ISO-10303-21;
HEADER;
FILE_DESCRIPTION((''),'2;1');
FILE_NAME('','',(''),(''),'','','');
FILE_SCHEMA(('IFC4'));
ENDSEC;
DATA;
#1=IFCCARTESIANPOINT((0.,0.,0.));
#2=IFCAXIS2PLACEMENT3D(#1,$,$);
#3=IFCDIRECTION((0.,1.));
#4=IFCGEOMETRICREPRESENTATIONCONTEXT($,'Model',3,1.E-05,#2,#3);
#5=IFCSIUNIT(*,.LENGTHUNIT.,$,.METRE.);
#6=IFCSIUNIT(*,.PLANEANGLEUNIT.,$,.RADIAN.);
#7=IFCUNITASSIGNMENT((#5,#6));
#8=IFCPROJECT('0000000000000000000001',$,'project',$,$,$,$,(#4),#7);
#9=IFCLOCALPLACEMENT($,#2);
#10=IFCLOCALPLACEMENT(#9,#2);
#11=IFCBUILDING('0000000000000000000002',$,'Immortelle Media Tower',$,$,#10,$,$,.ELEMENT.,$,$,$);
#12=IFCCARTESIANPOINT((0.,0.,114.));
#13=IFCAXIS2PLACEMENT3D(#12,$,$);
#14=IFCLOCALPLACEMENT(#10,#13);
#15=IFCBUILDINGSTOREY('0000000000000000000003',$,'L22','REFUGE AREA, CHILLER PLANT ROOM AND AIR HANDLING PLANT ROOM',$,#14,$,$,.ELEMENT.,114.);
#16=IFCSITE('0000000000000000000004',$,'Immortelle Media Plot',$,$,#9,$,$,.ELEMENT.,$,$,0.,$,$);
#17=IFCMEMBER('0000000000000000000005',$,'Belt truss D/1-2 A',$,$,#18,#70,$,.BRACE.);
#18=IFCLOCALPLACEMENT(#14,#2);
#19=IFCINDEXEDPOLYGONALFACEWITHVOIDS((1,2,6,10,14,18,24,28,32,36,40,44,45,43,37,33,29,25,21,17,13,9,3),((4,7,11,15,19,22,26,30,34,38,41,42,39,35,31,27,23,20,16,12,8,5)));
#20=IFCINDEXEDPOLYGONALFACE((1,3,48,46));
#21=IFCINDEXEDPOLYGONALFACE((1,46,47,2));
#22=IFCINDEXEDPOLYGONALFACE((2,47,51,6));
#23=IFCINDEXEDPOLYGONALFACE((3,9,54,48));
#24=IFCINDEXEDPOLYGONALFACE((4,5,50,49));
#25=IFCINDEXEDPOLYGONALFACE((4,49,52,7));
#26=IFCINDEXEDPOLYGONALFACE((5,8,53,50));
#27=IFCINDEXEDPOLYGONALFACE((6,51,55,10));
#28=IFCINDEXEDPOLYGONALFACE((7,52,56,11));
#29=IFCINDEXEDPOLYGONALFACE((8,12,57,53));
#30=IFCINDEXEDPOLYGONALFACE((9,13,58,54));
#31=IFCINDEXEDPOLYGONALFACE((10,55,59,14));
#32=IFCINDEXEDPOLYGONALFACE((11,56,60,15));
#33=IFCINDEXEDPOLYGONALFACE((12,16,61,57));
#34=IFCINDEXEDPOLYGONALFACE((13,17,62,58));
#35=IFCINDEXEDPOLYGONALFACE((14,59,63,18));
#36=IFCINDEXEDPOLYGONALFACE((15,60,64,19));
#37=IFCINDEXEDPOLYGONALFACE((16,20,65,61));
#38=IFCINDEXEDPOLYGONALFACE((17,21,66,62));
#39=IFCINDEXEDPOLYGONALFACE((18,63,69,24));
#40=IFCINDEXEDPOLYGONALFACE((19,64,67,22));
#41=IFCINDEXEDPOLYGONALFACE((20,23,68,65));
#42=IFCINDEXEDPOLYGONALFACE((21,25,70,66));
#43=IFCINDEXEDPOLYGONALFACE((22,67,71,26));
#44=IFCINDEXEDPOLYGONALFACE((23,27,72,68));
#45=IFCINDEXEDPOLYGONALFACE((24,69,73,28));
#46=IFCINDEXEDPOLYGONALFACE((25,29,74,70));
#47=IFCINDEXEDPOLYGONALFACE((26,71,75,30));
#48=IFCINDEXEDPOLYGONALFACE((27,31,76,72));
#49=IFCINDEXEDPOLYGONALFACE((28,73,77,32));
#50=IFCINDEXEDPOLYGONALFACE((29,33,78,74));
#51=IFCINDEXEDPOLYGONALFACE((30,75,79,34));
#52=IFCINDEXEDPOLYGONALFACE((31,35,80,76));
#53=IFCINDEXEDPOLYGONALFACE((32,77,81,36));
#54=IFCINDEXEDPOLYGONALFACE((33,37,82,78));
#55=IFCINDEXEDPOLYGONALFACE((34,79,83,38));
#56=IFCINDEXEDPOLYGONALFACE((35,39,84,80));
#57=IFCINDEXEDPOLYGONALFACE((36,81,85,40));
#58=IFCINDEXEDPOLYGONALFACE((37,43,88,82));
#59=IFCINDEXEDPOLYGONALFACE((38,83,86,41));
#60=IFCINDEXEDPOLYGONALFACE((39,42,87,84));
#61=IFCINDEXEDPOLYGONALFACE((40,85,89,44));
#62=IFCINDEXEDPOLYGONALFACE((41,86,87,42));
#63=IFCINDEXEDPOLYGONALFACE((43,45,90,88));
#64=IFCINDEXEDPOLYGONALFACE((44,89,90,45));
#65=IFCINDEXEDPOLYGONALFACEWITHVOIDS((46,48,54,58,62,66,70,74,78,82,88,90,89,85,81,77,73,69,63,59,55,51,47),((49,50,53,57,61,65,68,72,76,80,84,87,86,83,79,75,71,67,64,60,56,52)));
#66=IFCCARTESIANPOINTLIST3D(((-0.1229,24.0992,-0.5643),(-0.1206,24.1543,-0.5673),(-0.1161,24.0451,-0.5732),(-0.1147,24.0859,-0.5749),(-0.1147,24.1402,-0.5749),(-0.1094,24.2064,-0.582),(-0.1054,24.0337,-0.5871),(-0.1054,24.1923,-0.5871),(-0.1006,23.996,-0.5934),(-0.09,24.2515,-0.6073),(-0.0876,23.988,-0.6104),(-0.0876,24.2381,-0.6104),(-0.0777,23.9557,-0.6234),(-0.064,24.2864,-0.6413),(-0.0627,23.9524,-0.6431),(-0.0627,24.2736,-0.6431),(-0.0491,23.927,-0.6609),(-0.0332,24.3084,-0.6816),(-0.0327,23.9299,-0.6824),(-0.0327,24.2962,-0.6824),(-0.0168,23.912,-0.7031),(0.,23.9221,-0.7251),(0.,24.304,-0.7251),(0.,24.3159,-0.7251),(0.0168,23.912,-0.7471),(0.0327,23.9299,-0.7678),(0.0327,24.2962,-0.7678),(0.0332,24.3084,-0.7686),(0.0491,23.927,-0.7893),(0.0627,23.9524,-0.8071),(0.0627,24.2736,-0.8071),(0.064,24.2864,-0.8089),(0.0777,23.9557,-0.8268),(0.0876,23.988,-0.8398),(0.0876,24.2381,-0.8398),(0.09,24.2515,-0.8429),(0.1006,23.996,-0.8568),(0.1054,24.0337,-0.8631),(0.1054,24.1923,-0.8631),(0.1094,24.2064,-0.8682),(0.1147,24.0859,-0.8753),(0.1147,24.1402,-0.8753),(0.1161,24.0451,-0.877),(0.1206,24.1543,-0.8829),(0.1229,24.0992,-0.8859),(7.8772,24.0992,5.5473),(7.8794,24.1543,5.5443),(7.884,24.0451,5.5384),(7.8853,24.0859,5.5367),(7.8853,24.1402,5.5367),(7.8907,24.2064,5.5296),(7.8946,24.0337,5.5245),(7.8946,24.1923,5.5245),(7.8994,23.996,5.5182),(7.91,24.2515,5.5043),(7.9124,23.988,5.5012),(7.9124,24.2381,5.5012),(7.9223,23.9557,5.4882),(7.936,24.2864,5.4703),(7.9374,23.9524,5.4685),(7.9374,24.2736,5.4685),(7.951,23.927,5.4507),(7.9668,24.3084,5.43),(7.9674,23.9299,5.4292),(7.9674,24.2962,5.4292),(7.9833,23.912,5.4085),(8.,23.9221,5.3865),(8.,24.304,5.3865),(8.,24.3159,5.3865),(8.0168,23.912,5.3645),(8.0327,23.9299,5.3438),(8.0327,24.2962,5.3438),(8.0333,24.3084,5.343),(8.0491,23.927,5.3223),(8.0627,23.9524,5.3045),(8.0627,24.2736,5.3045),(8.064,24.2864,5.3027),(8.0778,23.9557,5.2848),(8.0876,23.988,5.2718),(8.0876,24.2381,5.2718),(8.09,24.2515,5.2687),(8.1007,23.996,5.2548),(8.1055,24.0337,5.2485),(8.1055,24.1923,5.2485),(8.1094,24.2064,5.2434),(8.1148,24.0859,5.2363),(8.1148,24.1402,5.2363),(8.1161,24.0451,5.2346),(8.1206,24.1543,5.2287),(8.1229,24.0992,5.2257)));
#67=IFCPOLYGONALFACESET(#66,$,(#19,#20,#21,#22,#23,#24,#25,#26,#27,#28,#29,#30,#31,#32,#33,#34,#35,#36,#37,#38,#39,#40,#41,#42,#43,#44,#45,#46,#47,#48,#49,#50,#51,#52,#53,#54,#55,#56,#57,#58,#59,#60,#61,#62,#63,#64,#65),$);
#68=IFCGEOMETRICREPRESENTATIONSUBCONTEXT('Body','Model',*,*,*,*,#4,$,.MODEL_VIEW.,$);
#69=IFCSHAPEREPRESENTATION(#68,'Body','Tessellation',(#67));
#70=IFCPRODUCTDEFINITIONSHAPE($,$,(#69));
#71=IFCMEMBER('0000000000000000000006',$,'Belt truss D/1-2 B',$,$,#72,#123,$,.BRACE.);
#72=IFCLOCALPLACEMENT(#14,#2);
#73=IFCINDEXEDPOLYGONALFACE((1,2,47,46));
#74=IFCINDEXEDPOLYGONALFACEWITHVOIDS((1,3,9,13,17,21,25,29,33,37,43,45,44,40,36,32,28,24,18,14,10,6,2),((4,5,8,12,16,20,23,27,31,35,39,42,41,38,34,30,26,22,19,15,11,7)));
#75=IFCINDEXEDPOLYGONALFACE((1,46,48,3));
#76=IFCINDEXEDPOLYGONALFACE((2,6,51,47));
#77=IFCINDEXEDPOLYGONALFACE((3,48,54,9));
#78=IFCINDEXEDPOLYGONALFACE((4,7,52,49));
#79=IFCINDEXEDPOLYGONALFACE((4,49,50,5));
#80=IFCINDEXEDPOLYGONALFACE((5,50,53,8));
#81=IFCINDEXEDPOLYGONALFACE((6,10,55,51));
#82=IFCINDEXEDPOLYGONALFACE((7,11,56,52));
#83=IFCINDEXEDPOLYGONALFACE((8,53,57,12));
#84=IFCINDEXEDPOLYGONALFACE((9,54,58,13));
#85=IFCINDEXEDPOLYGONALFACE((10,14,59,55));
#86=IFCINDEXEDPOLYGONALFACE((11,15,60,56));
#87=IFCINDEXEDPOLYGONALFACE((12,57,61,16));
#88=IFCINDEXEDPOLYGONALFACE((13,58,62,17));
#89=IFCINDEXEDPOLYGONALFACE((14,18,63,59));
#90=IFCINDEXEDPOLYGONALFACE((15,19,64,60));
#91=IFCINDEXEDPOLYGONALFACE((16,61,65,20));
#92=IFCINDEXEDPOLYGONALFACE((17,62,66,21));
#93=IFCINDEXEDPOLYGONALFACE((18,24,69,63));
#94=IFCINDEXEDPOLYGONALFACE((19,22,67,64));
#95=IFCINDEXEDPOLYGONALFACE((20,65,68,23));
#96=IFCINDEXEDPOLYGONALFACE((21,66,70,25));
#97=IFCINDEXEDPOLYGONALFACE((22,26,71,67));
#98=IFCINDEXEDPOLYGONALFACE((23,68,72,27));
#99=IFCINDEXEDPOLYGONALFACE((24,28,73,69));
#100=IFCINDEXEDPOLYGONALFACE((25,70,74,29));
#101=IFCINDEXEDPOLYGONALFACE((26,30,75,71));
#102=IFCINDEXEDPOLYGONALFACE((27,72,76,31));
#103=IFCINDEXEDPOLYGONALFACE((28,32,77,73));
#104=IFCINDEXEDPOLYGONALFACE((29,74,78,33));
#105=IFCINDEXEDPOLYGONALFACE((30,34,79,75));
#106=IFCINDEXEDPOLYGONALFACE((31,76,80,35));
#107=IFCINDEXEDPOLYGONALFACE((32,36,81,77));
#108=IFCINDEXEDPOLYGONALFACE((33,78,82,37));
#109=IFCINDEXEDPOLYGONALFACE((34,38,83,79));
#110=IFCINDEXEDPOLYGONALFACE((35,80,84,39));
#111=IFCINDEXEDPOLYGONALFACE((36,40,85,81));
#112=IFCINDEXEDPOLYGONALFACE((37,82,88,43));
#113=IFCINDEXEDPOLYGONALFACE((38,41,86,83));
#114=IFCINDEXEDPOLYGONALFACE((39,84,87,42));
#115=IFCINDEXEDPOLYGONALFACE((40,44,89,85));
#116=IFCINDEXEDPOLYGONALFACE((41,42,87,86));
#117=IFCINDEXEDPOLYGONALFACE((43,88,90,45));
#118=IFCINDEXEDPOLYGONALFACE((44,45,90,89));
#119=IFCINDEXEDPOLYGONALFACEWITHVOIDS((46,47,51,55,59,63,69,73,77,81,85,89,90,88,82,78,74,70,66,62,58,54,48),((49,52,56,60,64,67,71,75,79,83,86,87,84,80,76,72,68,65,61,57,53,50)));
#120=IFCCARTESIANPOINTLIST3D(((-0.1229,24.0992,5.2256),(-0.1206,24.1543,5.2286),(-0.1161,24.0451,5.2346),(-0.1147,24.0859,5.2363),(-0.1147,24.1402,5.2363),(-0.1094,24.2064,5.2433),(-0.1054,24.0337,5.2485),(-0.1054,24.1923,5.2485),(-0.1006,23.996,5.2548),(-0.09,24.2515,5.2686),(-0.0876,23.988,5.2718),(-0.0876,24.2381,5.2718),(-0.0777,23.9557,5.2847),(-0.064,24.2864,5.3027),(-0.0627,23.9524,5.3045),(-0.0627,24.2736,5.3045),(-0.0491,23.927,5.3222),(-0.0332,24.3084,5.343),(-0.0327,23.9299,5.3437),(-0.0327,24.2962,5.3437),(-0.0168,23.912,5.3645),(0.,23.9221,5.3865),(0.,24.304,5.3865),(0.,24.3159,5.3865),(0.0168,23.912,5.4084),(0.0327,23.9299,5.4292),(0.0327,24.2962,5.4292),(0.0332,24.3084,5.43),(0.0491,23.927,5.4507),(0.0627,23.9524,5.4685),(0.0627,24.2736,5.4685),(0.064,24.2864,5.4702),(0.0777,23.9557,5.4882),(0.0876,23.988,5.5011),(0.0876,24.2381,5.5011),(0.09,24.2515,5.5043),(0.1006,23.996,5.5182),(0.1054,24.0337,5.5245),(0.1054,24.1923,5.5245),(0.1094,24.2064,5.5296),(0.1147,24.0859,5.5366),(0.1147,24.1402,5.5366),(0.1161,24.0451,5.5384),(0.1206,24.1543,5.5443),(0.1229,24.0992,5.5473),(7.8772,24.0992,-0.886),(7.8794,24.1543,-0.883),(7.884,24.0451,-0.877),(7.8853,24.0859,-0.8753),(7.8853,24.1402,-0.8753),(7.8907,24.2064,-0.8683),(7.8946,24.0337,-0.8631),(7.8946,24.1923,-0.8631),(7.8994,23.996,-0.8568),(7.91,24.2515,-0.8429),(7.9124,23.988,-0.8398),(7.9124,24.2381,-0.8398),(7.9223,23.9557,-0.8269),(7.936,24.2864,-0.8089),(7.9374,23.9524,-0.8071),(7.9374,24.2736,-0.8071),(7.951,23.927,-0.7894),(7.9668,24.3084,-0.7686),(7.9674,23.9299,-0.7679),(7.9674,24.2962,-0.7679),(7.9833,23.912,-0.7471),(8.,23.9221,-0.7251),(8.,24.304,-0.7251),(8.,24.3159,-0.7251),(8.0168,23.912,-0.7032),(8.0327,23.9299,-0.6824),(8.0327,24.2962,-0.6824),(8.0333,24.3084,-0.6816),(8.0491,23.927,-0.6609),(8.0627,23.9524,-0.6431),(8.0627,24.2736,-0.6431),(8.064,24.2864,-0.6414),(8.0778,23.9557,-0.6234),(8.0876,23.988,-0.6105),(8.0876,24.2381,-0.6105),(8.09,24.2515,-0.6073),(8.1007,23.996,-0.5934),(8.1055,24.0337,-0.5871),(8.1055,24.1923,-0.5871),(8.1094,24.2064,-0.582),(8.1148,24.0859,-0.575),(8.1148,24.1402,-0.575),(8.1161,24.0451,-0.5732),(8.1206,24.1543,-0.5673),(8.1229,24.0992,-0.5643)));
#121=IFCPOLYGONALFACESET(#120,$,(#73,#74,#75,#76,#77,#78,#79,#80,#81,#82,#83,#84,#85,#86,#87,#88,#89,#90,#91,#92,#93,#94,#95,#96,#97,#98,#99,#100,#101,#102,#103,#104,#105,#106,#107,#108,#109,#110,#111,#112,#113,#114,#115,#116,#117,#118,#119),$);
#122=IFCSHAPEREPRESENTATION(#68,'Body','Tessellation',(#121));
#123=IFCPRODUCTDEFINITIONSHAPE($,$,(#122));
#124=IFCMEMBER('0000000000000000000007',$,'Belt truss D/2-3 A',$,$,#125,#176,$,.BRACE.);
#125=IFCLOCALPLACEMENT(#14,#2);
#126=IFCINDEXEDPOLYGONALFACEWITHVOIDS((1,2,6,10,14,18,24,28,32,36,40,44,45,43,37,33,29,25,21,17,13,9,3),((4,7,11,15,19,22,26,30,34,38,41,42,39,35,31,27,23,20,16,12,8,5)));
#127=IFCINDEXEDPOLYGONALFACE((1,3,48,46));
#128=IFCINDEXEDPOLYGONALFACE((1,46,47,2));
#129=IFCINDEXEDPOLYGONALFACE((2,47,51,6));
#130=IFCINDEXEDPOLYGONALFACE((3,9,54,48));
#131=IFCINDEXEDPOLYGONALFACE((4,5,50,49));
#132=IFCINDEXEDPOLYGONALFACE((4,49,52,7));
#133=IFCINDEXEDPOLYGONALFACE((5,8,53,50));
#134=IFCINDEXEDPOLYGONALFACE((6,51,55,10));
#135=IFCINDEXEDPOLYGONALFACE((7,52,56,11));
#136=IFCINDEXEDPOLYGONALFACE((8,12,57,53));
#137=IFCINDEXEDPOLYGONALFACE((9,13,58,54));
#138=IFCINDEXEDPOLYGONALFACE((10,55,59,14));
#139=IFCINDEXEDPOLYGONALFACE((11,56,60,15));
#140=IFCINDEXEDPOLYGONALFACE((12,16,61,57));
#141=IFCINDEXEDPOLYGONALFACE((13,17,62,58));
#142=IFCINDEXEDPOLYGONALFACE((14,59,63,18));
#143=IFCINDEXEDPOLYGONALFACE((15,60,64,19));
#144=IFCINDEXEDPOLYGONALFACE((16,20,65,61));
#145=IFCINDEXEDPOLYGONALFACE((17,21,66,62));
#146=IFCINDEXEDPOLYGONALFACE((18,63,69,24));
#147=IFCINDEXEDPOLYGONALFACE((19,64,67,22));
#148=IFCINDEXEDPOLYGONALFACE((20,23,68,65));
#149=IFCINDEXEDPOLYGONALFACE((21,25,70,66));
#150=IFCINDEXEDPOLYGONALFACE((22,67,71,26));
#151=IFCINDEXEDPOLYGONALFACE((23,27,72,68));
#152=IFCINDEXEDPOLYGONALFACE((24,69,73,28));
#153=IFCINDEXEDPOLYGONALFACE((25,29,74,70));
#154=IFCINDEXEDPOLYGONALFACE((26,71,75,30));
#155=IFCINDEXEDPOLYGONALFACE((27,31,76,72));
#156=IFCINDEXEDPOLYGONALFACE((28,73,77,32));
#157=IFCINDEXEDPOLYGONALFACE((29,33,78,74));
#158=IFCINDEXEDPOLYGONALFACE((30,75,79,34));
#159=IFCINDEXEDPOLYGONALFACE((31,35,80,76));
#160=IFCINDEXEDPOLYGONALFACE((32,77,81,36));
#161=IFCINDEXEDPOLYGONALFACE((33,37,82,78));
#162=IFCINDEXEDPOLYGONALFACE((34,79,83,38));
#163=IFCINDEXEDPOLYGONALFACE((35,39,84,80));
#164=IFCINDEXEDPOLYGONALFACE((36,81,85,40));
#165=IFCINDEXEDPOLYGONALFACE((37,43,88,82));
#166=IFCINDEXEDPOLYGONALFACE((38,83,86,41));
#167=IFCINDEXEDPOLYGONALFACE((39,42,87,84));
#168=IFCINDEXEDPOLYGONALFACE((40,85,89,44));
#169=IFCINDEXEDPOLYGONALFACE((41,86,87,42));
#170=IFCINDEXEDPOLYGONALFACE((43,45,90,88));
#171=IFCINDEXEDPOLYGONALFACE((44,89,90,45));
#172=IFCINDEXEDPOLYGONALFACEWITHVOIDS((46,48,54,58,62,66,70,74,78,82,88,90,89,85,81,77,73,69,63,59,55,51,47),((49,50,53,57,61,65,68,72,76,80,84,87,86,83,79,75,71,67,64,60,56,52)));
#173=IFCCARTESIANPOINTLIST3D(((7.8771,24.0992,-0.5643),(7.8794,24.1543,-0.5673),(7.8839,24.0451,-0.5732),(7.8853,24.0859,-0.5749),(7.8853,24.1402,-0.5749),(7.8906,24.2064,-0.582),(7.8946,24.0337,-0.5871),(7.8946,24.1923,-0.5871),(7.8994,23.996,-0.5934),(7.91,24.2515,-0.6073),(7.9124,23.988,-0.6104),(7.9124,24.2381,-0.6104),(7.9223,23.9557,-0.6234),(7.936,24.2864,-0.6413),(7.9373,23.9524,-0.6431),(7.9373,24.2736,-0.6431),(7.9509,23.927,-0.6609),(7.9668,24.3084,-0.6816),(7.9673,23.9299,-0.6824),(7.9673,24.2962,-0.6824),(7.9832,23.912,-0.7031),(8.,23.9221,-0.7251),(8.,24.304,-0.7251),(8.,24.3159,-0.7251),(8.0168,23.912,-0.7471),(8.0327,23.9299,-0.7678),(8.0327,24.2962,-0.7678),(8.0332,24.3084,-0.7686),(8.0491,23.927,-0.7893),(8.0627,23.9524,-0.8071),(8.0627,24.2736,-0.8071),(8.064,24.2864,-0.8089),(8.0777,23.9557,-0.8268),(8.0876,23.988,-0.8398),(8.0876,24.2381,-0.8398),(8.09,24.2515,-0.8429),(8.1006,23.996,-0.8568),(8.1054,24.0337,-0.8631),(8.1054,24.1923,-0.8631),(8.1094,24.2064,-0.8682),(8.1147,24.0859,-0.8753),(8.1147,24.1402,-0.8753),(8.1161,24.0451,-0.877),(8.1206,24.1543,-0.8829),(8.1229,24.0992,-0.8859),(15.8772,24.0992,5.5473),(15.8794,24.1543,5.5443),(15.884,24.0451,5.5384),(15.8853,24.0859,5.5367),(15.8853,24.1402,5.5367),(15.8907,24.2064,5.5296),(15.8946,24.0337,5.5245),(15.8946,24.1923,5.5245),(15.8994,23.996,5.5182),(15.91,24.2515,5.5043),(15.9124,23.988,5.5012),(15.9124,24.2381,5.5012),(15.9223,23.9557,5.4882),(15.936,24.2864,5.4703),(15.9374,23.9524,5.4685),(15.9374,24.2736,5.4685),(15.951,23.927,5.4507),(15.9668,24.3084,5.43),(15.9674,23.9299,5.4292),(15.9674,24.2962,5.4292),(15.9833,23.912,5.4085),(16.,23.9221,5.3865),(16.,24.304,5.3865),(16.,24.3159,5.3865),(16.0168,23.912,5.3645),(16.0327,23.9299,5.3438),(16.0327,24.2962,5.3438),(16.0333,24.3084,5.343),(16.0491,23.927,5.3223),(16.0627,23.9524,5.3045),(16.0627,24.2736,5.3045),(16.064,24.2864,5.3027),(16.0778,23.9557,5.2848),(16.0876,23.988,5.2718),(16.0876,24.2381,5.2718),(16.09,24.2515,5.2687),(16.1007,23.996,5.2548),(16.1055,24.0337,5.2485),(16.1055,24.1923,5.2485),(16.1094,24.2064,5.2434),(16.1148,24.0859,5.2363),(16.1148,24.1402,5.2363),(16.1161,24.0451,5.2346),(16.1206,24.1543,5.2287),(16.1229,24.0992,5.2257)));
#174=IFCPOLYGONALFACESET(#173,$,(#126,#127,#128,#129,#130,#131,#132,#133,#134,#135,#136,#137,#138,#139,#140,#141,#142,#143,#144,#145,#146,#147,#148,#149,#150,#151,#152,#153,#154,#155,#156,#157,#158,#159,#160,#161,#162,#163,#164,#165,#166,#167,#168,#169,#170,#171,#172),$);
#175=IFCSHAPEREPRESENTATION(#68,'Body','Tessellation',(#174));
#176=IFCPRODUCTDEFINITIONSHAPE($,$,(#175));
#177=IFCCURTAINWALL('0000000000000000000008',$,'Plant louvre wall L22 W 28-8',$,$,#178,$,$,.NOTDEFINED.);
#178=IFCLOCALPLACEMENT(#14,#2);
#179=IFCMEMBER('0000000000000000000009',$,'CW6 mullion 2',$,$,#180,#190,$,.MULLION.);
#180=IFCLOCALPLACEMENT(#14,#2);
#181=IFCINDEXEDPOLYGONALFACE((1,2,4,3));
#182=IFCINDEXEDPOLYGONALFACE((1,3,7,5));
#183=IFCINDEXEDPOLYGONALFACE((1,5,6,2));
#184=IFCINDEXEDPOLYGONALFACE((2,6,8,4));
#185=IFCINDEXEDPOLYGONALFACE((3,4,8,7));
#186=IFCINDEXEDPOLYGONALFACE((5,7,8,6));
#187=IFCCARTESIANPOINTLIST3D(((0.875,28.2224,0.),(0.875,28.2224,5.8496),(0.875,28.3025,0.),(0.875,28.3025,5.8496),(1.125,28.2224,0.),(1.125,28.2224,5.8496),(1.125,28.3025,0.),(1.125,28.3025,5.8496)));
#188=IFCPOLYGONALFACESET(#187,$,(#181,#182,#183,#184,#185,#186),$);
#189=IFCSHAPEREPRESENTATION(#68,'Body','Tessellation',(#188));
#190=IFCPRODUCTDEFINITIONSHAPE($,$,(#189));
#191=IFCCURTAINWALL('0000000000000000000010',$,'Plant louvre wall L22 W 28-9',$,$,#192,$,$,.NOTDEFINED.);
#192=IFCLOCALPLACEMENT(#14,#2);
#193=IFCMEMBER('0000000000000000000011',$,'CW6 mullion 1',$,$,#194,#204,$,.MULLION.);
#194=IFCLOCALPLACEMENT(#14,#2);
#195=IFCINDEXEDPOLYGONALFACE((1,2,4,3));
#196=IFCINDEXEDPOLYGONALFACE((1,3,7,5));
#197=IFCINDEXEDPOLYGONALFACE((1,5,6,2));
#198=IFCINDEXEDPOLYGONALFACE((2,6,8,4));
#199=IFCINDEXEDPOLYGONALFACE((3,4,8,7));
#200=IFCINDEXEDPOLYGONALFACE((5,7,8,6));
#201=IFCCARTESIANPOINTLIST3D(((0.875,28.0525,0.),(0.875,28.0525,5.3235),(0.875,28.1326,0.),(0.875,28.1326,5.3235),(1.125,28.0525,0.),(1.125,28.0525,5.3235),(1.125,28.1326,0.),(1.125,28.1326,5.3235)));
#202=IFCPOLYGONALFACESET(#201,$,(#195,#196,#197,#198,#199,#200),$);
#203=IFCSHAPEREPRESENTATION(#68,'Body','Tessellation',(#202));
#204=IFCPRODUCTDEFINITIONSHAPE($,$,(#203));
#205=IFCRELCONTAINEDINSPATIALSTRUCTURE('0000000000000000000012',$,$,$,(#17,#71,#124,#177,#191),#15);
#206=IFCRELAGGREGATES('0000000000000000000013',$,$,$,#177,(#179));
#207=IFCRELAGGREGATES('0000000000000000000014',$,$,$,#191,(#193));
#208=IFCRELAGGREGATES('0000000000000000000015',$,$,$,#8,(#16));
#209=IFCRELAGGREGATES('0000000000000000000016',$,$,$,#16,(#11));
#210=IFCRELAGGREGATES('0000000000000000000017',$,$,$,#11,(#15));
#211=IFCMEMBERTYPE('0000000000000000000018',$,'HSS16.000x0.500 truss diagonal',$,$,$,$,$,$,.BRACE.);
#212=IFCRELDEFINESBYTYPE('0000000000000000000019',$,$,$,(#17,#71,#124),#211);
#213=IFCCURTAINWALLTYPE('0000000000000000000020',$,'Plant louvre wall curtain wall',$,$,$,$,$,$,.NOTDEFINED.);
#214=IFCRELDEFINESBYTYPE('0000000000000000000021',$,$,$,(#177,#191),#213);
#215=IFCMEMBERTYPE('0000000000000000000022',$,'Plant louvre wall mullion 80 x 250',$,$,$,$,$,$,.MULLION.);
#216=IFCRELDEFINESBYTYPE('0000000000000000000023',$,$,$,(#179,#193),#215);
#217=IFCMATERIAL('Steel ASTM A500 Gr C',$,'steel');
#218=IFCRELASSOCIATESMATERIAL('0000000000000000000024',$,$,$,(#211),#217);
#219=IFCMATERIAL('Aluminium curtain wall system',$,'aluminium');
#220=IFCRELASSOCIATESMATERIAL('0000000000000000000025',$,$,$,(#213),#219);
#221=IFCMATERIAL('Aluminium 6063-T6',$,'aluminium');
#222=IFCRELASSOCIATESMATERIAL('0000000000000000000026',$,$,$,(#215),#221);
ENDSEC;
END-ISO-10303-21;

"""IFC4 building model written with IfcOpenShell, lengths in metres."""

from ifc_helpers import new_model, si_unit, direction, frame, origin, origin_2d, place, context, subcontext, project, spatial, rectangle, hollow_circle, extrude, material, material_profile, profile_set, type_object, element, aggregate, save


model = new_model("IFC4")

# Units and contexts
model_context = context("Model", 3, precision=1e-05, world=origin(), true_north=direction((0.0, 1.0)))
body_context = subcontext(model_context, "Body", "Model", "MODEL_VIEW")
ifc_project = project(units=[si_unit("LENGTHUNIT", "METRE"), si_unit("PLANEANGLEUNIT", "RADIAN")], contexts=[model_context])

# Site, building, storey
site_placement = place(None, origin())
site = spatial("IfcSite", under=ifc_project, at=site_placement, Name="Immortelle Media Plot", CompositionType="ELEMENT", RefElevation=0.0)
building_placement = place(site_placement, origin())
building = spatial("IfcBuilding", under=site, at=building_placement, Name="Immortelle Media Tower", CompositionType="ELEMENT")
storey_placement = place(building_placement, frame((0.0, 0.0, 114.0)))
storey = spatial("IfcBuildingStorey", under=building, at=storey_placement, Name="L22", Description="REFUGE AREA, CHILLER PLANT ROOM AND AIR HANDLING PLANT ROOM", CompositionType="ELEMENT", Elevation=114.0)

# Members
ifc_material_1 = material(Name="Steel ASTM A500 Gr C", Category="steel")
ifc_material_profile_1 = material_profile(ifc_material_1, hollow_circle(Radius=0.2029, WallThickness=0.012, at=origin_2d()), Name="HSS16.000x0.500 truss diagonal")
ifc_profile_set_1 = profile_set([ifc_material_profile_1], Name="Steel ASTM A500 Gr C")
member_type_1 = type_object("IfcMemberType", Name="HSS16.000x0.500 truss diagonal", PredefinedType="BRACE", material=ifc_profile_set_1)
for number, where, z_axis, x_axis, name in (
    (1, (0.0, 24.113, -0.7251), (0.794649, 0.0, 0.607069), (0.0, 1.0, 0.0), "Belt truss D/1-2 A"),
    (2, (0.0, 24.113, 5.3865), (0.794649, 0.0, -0.607069), (0.0, 1.0, 0.0), "Belt truss D/1-2 B"),
    (3, (8.0, 24.113, -0.7251), (0.794649, 0.0, 0.607069), (0.0, 1.0, 0.0), "Belt truss D/2-3 A"),
):
    element("IfcMember", number, at=place(storey_placement, frame(where, z_axis=z_axis, x_axis=x_axis)), inside=storey, type_object=member_type_1, Name=name, PredefinedType="BRACE", context=body_context, shape_type="SweptSolid", body=[
        extrude(hollow_circle(Radius=0.2029, WallThickness=0.012, at=origin_2d()), origin(), (0.0, 0.0, 1.0), 10.0674),
    ])

# Curtain wall, member
ifc_material_2 = material(Name="Aluminium curtain wall system", Category="aluminium")
curtain_wall_type = type_object("IfcCurtainWallType", Name="Plant louvre wall curtain wall", PredefinedType="NOTDEFINED", material=ifc_material_2)
curtain_wall_1_placement = place(storey_placement, origin())
curtain_wall_1 = element("IfcCurtainWall", 4, at=curtain_wall_1_placement, inside=storey, type_object=curtain_wall_type, Name="Plant louvre wall L22 W 28-8", PredefinedType="NOTDEFINED")
ifc_material_3 = material(Name="Aluminium 6063-T6", Category="aluminium")
ifc_material_profile_2 = material_profile(ifc_material_3, rectangle(XDim=0.25, YDim=0.0801, at=origin_2d()), Name="AL 80x250")
ifc_profile_set_2 = profile_set([ifc_material_profile_2], Name="Aluminium 6063-T6")
member_type_2 = type_object("IfcMemberType", Name="Plant louvre wall mullion 80 x 250", PredefinedType="MULLION", material=ifc_profile_set_2)
member_1_placement = place(storey_placement, frame((1.0, 28.2625, 0.0), z_axis=(0.0, 0.0, 1.0), x_axis=(1.0, 0.0, 0.0)))
member_1 = element("IfcMember", 5, at=member_1_placement, type_object=member_type_2, Name="CW6 mullion 2", PredefinedType="MULLION", context=body_context, shape_type="SweptSolid", body=[
    extrude(rectangle(XDim=0.25, YDim=0.0801, at=origin_2d()), origin(), (0.0, 0.0, 1.0), 5.8496),
])

# Curtain wall, member
curtain_wall_2_placement = place(storey_placement, origin())
curtain_wall_2 = element("IfcCurtainWall", 6, at=curtain_wall_2_placement, inside=storey, type_object=curtain_wall_type, Name="Plant louvre wall L22 W 28-9", PredefinedType="NOTDEFINED")
member_2_placement = place(storey_placement, frame((1.0, 28.0925, 0.0), z_axis=(0.0, 0.0, 1.0), x_axis=(1.0, 0.0, 0.0)))
member_2 = element("IfcMember", 7, at=member_2_placement, type_object=member_type_2, Name="CW6 mullion 1", PredefinedType="MULLION", context=body_context, shape_type="SweptSolid", body=[
    extrude(rectangle(XDim=0.25, YDim=0.0801, at=origin_2d()), origin(), (0.0, 0.0, 1.0), 5.3235),
])

aggregate(curtain_wall_1, [member_1])
aggregate(curtain_wall_2, [member_2])

save(model, "model.ifc")
